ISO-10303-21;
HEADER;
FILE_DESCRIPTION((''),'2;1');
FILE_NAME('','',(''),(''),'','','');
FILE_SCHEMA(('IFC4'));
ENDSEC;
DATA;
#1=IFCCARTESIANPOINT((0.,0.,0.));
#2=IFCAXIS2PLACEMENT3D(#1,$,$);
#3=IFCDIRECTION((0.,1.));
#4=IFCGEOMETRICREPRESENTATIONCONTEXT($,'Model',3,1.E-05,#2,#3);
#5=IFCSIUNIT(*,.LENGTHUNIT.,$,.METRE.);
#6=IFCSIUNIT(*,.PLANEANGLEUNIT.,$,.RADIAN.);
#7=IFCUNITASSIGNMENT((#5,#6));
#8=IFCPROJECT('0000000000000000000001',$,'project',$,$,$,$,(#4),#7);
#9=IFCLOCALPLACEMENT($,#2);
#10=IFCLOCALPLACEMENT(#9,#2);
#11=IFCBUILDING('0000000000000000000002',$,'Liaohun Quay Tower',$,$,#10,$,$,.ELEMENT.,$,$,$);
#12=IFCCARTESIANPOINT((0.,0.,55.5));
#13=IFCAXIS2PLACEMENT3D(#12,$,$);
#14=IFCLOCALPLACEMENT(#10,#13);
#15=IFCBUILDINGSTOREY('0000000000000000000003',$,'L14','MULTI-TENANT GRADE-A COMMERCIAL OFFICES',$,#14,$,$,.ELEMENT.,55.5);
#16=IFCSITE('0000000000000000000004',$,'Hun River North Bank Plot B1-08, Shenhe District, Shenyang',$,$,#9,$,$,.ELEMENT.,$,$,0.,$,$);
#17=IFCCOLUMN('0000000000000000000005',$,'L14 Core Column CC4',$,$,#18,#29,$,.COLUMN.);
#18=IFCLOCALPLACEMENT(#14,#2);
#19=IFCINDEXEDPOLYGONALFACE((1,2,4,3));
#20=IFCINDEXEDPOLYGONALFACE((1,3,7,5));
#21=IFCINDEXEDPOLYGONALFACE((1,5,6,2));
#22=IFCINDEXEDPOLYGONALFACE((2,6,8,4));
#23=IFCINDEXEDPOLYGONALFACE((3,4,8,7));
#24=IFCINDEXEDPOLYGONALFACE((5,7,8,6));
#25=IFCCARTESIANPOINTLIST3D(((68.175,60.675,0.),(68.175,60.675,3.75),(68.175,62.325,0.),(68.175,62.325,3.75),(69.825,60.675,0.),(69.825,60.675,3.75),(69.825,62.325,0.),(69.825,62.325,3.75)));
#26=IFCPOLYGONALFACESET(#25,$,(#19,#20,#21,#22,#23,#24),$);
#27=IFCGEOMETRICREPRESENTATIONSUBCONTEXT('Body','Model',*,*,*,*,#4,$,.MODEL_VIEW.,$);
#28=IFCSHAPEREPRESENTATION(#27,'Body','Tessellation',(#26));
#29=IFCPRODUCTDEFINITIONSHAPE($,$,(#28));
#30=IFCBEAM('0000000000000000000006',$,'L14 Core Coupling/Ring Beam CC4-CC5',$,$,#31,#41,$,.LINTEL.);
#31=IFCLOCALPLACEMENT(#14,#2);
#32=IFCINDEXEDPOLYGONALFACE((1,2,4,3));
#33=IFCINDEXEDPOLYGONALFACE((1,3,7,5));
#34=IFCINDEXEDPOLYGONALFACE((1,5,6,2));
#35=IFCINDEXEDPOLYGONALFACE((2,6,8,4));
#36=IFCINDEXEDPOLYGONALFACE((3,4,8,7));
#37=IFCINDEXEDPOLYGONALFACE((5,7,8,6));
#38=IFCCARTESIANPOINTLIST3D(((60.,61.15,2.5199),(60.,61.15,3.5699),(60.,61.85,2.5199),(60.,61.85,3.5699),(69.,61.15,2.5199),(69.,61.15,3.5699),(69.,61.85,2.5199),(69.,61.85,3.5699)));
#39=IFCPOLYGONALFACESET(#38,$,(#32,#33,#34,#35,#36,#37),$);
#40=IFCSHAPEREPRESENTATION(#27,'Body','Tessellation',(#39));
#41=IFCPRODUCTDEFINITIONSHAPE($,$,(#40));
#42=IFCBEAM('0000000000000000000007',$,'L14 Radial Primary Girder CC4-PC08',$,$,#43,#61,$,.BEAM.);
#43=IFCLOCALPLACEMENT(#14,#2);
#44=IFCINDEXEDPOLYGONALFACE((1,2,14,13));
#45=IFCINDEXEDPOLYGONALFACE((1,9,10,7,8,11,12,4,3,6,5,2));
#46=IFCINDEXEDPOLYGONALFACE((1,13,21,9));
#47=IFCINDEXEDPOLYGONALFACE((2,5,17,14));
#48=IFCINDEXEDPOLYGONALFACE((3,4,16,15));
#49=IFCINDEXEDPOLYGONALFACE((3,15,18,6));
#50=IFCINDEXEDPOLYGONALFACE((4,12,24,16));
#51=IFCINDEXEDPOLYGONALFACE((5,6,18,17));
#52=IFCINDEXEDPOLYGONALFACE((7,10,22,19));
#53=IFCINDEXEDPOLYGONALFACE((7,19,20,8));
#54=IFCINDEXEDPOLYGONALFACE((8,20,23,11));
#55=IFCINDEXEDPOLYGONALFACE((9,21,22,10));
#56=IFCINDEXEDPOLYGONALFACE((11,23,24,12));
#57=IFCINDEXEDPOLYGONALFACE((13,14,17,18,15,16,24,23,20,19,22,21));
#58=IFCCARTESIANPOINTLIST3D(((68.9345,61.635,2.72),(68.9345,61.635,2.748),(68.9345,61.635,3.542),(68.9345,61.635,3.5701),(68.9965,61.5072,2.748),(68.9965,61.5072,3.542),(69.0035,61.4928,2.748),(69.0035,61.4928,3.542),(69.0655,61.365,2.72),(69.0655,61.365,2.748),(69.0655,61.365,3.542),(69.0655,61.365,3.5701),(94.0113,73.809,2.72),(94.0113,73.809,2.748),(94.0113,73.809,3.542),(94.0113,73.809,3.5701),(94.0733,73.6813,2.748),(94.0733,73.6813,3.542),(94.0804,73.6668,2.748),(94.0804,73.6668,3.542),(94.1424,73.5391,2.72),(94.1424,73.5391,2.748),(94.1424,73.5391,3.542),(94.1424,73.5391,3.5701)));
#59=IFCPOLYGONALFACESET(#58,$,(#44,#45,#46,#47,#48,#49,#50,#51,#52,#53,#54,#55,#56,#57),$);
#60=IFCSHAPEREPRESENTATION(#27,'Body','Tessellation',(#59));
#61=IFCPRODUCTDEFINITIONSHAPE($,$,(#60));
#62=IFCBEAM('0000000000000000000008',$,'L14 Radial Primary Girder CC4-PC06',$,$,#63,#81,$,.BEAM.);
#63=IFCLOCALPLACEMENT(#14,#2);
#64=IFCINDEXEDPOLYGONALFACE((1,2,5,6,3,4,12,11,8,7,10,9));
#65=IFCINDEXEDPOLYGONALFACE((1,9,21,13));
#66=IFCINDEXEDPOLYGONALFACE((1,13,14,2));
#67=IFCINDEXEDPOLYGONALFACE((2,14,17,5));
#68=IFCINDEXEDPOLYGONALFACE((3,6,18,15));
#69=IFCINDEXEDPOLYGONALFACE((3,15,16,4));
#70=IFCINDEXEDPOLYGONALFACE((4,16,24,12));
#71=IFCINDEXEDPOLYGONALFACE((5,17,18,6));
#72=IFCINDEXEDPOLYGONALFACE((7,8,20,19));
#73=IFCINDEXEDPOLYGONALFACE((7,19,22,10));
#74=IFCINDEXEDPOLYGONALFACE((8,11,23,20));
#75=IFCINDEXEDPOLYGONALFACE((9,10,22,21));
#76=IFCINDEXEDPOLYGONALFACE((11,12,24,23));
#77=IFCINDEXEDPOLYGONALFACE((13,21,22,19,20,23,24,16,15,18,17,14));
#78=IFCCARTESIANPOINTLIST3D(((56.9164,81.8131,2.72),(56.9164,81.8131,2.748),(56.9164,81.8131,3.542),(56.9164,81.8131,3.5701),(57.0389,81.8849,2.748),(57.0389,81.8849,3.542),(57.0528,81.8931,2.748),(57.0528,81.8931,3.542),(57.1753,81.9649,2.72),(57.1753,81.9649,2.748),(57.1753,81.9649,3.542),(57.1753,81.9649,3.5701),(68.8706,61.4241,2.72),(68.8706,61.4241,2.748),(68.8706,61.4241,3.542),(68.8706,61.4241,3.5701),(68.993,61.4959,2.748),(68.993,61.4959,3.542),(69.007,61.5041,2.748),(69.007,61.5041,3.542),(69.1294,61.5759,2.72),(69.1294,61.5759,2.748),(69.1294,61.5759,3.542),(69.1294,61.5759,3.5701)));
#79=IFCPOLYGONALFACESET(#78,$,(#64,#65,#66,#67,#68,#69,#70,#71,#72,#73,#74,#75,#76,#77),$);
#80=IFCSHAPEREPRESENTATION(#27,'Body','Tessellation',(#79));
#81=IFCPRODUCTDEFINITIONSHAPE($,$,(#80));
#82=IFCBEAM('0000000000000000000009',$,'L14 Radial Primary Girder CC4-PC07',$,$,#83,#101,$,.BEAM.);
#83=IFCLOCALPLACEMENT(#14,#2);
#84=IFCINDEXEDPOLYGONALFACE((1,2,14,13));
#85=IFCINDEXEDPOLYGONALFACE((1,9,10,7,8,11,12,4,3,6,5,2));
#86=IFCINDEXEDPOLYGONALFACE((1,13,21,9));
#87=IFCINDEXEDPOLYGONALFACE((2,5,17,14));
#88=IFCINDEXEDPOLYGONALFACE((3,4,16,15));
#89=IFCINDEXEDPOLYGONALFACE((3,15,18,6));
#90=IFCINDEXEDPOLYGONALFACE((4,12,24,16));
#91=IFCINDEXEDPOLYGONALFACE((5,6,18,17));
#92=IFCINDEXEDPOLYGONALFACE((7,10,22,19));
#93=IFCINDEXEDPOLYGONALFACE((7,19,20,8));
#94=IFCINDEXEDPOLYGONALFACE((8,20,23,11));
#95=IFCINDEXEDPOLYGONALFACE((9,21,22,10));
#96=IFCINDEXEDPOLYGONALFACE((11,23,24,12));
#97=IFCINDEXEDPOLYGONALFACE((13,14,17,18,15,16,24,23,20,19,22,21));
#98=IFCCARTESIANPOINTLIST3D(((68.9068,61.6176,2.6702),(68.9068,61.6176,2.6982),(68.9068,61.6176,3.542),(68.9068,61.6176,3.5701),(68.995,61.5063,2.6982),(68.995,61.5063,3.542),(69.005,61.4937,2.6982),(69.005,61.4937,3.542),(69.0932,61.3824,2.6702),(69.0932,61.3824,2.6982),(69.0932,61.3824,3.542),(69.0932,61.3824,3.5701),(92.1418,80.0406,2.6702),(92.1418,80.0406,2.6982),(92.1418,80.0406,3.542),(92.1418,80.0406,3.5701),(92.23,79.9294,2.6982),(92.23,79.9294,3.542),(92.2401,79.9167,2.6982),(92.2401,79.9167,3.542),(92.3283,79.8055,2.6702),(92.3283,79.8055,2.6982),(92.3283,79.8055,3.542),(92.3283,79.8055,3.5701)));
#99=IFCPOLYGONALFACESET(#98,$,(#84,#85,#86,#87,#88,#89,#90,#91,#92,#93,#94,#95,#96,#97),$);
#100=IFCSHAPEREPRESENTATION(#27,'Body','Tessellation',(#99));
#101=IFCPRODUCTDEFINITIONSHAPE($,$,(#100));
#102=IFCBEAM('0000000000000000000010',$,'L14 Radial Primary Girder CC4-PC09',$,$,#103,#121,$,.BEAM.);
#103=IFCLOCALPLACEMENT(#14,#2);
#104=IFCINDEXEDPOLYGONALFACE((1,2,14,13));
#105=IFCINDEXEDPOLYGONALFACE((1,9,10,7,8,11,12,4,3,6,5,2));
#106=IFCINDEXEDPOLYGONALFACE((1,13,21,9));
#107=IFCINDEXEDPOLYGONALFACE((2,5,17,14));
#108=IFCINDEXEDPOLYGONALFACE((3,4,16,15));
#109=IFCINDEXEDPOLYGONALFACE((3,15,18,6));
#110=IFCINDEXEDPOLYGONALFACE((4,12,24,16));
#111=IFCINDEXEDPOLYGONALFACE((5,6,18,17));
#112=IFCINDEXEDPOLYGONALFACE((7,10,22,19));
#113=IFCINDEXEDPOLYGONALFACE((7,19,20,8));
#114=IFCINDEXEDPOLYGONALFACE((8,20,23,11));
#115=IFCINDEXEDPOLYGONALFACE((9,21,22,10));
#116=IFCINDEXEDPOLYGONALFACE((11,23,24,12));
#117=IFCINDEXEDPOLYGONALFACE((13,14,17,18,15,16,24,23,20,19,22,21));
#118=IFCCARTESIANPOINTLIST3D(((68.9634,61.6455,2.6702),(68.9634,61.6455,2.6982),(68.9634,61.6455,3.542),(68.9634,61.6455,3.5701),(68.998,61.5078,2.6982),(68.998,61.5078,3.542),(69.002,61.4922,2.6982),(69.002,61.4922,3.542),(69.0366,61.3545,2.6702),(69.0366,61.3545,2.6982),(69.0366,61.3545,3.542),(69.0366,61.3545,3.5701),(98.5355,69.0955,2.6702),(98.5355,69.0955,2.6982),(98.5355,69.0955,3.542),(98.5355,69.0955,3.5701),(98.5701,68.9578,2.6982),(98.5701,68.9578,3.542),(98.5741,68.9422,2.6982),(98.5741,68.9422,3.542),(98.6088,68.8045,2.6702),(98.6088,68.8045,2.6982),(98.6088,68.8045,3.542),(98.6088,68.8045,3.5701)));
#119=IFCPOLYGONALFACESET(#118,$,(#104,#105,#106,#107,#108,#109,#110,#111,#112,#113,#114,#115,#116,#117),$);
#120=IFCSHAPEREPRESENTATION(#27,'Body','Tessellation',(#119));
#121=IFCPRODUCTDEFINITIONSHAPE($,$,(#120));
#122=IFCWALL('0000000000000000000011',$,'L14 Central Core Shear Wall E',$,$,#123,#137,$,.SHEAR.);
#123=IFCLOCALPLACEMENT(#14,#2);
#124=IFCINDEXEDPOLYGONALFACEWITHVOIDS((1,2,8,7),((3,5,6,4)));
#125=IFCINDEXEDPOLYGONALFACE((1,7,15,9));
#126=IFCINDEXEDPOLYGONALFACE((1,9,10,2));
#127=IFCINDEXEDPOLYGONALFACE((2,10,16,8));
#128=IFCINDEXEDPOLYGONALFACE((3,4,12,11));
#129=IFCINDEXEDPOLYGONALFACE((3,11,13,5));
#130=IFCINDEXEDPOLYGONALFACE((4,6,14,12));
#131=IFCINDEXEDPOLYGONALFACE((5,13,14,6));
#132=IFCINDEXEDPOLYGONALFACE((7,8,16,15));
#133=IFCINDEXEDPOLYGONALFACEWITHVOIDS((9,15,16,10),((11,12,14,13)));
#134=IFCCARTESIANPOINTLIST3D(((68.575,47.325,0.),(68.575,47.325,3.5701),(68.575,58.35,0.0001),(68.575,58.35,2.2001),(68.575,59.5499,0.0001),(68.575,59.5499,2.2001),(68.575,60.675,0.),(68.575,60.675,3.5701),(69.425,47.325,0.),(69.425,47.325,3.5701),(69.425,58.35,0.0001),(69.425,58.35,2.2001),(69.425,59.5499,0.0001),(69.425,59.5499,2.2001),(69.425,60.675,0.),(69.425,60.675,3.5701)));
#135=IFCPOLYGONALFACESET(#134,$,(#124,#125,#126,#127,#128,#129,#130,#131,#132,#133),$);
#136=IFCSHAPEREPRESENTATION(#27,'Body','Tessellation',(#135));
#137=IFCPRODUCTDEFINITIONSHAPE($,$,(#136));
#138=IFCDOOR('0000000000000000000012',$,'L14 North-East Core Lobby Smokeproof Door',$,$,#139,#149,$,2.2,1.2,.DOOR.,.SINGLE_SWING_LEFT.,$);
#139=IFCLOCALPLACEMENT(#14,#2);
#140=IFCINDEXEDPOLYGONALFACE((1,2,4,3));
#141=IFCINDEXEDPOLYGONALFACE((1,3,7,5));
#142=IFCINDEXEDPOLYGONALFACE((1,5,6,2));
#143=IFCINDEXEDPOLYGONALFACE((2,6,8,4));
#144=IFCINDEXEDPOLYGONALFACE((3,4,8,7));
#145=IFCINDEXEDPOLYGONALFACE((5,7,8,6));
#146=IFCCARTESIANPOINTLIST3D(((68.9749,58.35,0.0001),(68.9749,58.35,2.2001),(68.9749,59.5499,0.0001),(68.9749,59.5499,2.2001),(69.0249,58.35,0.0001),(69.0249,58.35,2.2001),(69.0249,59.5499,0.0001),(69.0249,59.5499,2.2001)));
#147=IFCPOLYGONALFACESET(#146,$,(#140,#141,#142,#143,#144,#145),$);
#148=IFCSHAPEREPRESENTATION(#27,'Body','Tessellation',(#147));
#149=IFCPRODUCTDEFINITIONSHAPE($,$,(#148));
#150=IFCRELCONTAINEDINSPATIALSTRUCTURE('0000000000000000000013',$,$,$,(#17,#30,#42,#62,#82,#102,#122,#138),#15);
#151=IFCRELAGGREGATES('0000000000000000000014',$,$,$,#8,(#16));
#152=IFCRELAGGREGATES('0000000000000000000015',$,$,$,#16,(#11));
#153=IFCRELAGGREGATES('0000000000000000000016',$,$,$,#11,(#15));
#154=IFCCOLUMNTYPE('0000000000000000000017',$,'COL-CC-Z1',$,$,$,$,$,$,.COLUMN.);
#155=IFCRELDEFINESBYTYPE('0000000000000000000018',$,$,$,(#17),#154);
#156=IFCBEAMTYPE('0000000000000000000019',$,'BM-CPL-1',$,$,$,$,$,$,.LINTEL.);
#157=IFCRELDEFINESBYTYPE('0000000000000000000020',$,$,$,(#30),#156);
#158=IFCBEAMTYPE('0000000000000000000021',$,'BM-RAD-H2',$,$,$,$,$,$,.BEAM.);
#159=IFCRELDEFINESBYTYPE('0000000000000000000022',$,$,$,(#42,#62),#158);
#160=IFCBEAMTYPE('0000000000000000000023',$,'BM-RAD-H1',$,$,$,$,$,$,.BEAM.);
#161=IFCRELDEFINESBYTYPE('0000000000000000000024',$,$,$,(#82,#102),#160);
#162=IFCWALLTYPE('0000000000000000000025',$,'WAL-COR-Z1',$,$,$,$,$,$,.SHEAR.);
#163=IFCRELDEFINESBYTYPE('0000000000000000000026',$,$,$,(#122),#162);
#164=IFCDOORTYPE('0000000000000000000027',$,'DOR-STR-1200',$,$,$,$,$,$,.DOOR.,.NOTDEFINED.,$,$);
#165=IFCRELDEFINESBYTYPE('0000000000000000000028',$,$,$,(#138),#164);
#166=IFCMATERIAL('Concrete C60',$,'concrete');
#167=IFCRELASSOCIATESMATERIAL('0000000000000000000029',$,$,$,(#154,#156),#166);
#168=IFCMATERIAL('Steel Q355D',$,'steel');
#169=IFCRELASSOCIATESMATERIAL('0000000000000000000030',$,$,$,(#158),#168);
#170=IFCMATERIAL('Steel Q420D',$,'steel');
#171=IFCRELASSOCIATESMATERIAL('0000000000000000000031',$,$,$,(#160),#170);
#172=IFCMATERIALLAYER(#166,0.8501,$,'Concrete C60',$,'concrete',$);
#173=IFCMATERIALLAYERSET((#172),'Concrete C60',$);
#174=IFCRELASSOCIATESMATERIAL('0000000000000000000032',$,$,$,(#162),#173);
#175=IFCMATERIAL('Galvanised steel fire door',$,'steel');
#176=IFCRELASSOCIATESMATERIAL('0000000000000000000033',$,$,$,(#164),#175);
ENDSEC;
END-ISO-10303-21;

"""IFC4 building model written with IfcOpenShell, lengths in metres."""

from ifc_helpers import new_model, si_unit, direction, frame, frame_2d, origin, origin_2d, place, context, subcontext, project, spatial, rectangle, i_section, extrude, source, transform, mapped, material, layer, layer_set, material_profile, profile_set, type_object, element, fill, save


model = new_model("IFC4")

# Units and contexts
model_context = context("Model", 3, precision=1e-05, world=origin(), true_north=direction((0.0, 1.0)))
body_context = subcontext(model_context, "Body", "Model", "MODEL_VIEW")
ifc_project = project(units=[si_unit("LENGTHUNIT", "METRE"), si_unit("PLANEANGLEUNIT", "RADIAN")], contexts=[model_context])

# Site, building, storey
site_placement = place(None, origin())
site = spatial("IfcSite", under=ifc_project, at=site_placement, Name="Hun River North Bank Plot B1-08, Shenhe District, Shenyang", CompositionType="ELEMENT", RefElevation=0.0)
building_placement = place(site_placement, origin())
building = spatial("IfcBuilding", under=site, at=building_placement, Name="Liaohun Quay Tower", CompositionType="ELEMENT")
storey_placement = place(building_placement, frame((0.0, 0.0, 55.5)))
storey = spatial("IfcBuildingStorey", under=building, at=storey_placement, Name="L14", Description="MULTI-TENANT GRADE-A COMMERCIAL OFFICES", CompositionType="ELEMENT", Elevation=55.5)

# Column
ifc_material_1 = material(Name="Concrete C60", Category="concrete")
ifc_material_profile_1 = material_profile(ifc_material_1, rectangle(XDim=1.6499, YDim=1.6499, at=origin_2d()), Name="RC1650x1650")
ifc_profile_set_1 = profile_set([ifc_material_profile_1], Name="Concrete C60")
column_type = type_object("IfcColumnType", Name="COL-CC-Z1", PredefinedType="COLUMN", material=ifc_profile_set_1)
shared_shape_1 = source(origin(), body_context, "Body", "SweptSolid", [
    extrude(rectangle(XDim=1.6499, YDim=1.6499, at=origin_2d()), origin(), (0.0, 0.0, 1.0), 3.75),
])
column_placement = place(storey_placement, frame((69.0, 61.5, 0.0), z_axis=(0.0, 0.0, 1.0), x_axis=(1.0, 0.0, 0.0)))
element("IfcColumn", 1, at=column_placement, inside=storey, type_object=column_type, Name="L14 Core Column CC4", PredefinedType="COLUMN", context=body_context, shape_type="MappedRepresentation", body=[
    mapped(shared_shape_1, transform((0.0, 0.0, 0.0), x_axis=(1.0, 0.0, 0.0), y_axis=(0.0, 1.0, 0.0), z_axis=(0.0, 0.0, 1.0), scale=1.0)),
])

# Beams
ifc_material_profile_2 = material_profile(ifc_material_1, rectangle(XDim=0.7, YDim=1.05, at=origin_2d()), Name="RC700x1050")
ifc_profile_set_2 = profile_set([ifc_material_profile_2], Name="Concrete C60")
beam_type_1 = type_object("IfcBeamType", Name="BM-CPL-1", PredefinedType="LINTEL", material=ifc_profile_set_2)
shared_shape_2 = source(origin(), body_context, "Body", "SweptSolid", [
    extrude(rectangle(XDim=0.7, YDim=1.05, at=origin_2d()), origin(), (0.0, 0.0, 1.0), 9.0),
])
beam_1_placement = place(storey_placement, frame((69.0, 61.5, 3.0449), z_axis=(-1.0, 0.0, 0.0), x_axis=(0.0, -1.0, 0.0)))
element("IfcBeam", 2, at=beam_1_placement, inside=storey, type_object=beam_type_1, Name="L14 Core Coupling/Ring Beam CC4-CC5", PredefinedType="LINTEL", context=body_context, shape_type="MappedRepresentation", body=[
    mapped(shared_shape_2, transform((0.0, 0.0, 0.0), x_axis=(1.0, 0.0, 0.0), y_axis=(0.0, 1.0, 0.0), z_axis=(0.0, 0.0, 1.0), scale=1.0)),
])
ifc_material_2 = material(Name="Steel Q355D", Category="steel")
ifc_material_profile_3 = material_profile(ifc_material_2, i_section(OverallWidth=0.3, OverallDepth=0.8501, WebThickness=0.0161, FlangeThickness=0.0281, at=origin_2d()), Name="HN850x300x16x28")
ifc_profile_set_3 = profile_set([ifc_material_profile_3], Name="Steel Q355D")
beam_type_2 = type_object("IfcBeamType", Name="BM-RAD-H2", PredefinedType="BEAM", material=ifc_profile_set_3)
shared_shape_3 = source(origin(), body_context, "Body", "SweptSolid", [
    extrude(i_section(OverallWidth=0.3, OverallDepth=0.8501, WebThickness=0.0161, FlangeThickness=0.0281, at=origin_2d()), origin(), (0.0, 0.0, 1.0), 27.8757),
])
beam_2_placement = place(storey_placement, frame((69.0, 61.5, 3.145), z_axis=(0.899595, 0.436726, 0.0), x_axis=(-0.436726, 0.899595, 0.0)))
element("IfcBeam", 3, at=beam_2_placement, inside=storey, type_object=beam_type_2, Name="L14 Radial Primary Girder CC4-PC08", PredefinedType="BEAM", context=body_context, shape_type="MappedRepresentation", body=[
    mapped(shared_shape_3, transform((0.0, 0.0, 0.0), x_axis=(1.0, 0.0, 0.0), y_axis=(0.0, 1.0, 0.0), z_axis=(0.0, 0.0, 1.0), scale=1.0)),
])
shared_shape_4 = source(origin(), body_context, "Body", "SweptSolid", [
    extrude(i_section(OverallWidth=0.3, OverallDepth=0.8501, WebThickness=0.0161, FlangeThickness=0.0281, at=origin_2d()), origin(), (0.0, 0.0, 1.0), 23.635),
])
beam_3_placement = place(storey_placement, frame((69.0, 61.5, 3.145), z_axis=(-0.505782, 0.862661, 0.0), x_axis=(-0.862661, -0.505782, 0.0)))
element("IfcBeam", 4, at=beam_3_placement, inside=storey, type_object=beam_type_2, Name="L14 Radial Primary Girder CC4-PC06", PredefinedType="BEAM", context=body_context, shape_type="MappedRepresentation", body=[
    mapped(shared_shape_4, transform((0.0, 0.0, 0.0), x_axis=(1.0, 0.0, 0.0), y_axis=(0.0, 1.0, 0.0), z_axis=(0.0, 0.0, 1.0), scale=1.0)),
])
ifc_material_3 = material(Name="Steel Q420D", Category="steel")
ifc_material_profile_4 = material_profile(ifc_material_3, i_section(OverallWidth=0.3, OverallDepth=0.8999, WebThickness=0.0161, FlangeThickness=0.0281, at=origin_2d()), Name="HN900x300x16x28")
ifc_profile_set_4 = profile_set([ifc_material_profile_4], Name="Steel Q420D")
beam_type_3 = type_object("IfcBeamType", Name="BM-RAD-H1", PredefinedType="BEAM", material=ifc_profile_set_4)
shared_shape_5 = source(origin(), body_context, "Body", "SweptSolid", [
    extrude(i_section(OverallWidth=0.3, OverallDepth=0.8999, WebThickness=0.0161, FlangeThickness=0.0281, at=origin_2d()), origin(), (0.0, 0.0, 1.0), 29.6526),
])
beam_4_placement = place(storey_placement, frame((69.0, 61.5, 3.1201), z_axis=(0.783576, 0.621296, 0.0), x_axis=(-0.621296, 0.783576, 0.0)))
element("IfcBeam", 5, at=beam_4_placement, inside=storey, type_object=beam_type_3, Name="L14 Radial Primary Girder CC4-PC07", PredefinedType="BEAM", context=body_context, shape_type="MappedRepresentation", body=[
    mapped(shared_shape_5, transform((0.0, 0.0, 0.0), x_axis=(1.0, 0.0, 0.0), y_axis=(0.0, 1.0, 0.0), z_axis=(0.0, 0.0, 1.0), scale=1.0)),
])
shared_shape_6 = source(origin(), body_context, "Body", "SweptSolid", [
    extrude(i_section(OverallWidth=0.3, OverallDepth=0.8999, WebThickness=0.0161, FlangeThickness=0.0281, at=origin_2d()), origin(), (0.0, 0.0, 1.0), 30.4961),
])
beam_5_placement = place(storey_placement, frame((69.0, 61.5, 3.1201), z_axis=(0.969702, 0.244293, 0.0), x_axis=(-0.244293, 0.969702, 0.0)))
element("IfcBeam", 6, at=beam_5_placement, inside=storey, type_object=beam_type_3, Name="L14 Radial Primary Girder CC4-PC09", PredefinedType="BEAM", context=body_context, shape_type="MappedRepresentation", body=[
    mapped(shared_shape_6, transform((0.0, 0.0, 0.0), x_axis=(1.0, 0.0, 0.0), y_axis=(0.0, 1.0, 0.0), z_axis=(0.0, 0.0, 1.0), scale=1.0)),
])

# Wall, opening, door
ifc_layer_1 = layer(ifc_material_1, 0.8501, Name="Concrete C60", Category="concrete")
ifc_layer_set_1 = layer_set([ifc_layer_1], Name="Concrete C60")
wall_type_1 = type_object("IfcWallType", Name="WAL-COR-Z1", PredefinedType="SHEAR", material=ifc_layer_set_1)
wall_1_placement = place(storey_placement, frame((69.0, 60.675, 0.0), z_axis=(0.0, 0.0, 1.0), x_axis=(0.0, -1.0, 0.0)))
wall_1 = element("IfcWall", 7, at=wall_1_placement, inside=storey, type_object=wall_type_1, Name="L14 Central Core Shear Wall E", PredefinedType="SHEAR", context=body_context, shape_type="SweptSolid", body=[
    extrude(rectangle(XDim=13.3501, YDim=0.8501, at=frame_2d((6.675, 0.0))), origin(), (0.0, 0.0, 1.0), 3.5701),
])
shared_shape_7 = source(origin(), body_context, "Body", "SweptSolid", [
    extrude(rectangle(XDim=1.2, YDim=2.2, at=frame_2d((0.6001, 1.1001))), frame((0.0, 0.4351, 0.0), z_axis=(0.0, -1.0, 0.0), x_axis=(1.0, 0.0, 0.0)), (0.0, 0.0, 1.0), 0.8701),
])
opening_1_placement = place(wall_1_placement, frame((1.125, 0.0, 0.0)))
opening_1 = element("IfcOpeningElement", 8, at=opening_1_placement, cuts=wall_1, PredefinedType="OPENING", context=body_context, shape_type="MappedRepresentation", body=[
    mapped(shared_shape_7, transform((0.0, 0.0, 0.0), x_axis=(1.0, 0.0, 0.0), y_axis=(0.0, 1.0, 0.0), z_axis=(0.0, 0.0, 1.0), scale=1.0)),
])
ifc_material_4 = material(Name="Galvanised steel fire door", Category="steel")
door_type_1 = type_object("IfcDoorType", Name="DOR-STR-1200", OperationType="NOTDEFINED", PredefinedType="DOOR", material=ifc_material_4)
shared_shape_8 = source(origin(), body_context, "Body", "SweptSolid", [
    extrude(rectangle(XDim=1.2, YDim=2.2, at=frame_2d((0.6001, 1.1001))), frame((0.0, 0.0249, 0.0), z_axis=(0.0, -1.0, 0.0), x_axis=(1.0, 0.0, 0.0)), (0.0, 0.0, 1.0), 0.05),
])
door_1_placement = place(opening_1_placement, origin())
door_1 = element("IfcDoor", 9, at=door_1_placement, inside=storey, type_object=door_type_1, Name="L14 North-East Core Lobby Smokeproof Door", OperationType="SINGLE_SWING_LEFT", OverallHeight=2.2, OverallWidth=1.2, PredefinedType="DOOR", context=body_context, shape_type="MappedRepresentation", body=[
    mapped(shared_shape_8, transform((0.0, 0.0, 0.0), x_axis=(1.0, 0.0, 0.0), y_axis=(0.0, 1.0, 0.0), z_axis=(0.0, 0.0, 1.0), scale=1.0)),
])
fill(opening_1, door_1)

save(model, "model.ifc")
